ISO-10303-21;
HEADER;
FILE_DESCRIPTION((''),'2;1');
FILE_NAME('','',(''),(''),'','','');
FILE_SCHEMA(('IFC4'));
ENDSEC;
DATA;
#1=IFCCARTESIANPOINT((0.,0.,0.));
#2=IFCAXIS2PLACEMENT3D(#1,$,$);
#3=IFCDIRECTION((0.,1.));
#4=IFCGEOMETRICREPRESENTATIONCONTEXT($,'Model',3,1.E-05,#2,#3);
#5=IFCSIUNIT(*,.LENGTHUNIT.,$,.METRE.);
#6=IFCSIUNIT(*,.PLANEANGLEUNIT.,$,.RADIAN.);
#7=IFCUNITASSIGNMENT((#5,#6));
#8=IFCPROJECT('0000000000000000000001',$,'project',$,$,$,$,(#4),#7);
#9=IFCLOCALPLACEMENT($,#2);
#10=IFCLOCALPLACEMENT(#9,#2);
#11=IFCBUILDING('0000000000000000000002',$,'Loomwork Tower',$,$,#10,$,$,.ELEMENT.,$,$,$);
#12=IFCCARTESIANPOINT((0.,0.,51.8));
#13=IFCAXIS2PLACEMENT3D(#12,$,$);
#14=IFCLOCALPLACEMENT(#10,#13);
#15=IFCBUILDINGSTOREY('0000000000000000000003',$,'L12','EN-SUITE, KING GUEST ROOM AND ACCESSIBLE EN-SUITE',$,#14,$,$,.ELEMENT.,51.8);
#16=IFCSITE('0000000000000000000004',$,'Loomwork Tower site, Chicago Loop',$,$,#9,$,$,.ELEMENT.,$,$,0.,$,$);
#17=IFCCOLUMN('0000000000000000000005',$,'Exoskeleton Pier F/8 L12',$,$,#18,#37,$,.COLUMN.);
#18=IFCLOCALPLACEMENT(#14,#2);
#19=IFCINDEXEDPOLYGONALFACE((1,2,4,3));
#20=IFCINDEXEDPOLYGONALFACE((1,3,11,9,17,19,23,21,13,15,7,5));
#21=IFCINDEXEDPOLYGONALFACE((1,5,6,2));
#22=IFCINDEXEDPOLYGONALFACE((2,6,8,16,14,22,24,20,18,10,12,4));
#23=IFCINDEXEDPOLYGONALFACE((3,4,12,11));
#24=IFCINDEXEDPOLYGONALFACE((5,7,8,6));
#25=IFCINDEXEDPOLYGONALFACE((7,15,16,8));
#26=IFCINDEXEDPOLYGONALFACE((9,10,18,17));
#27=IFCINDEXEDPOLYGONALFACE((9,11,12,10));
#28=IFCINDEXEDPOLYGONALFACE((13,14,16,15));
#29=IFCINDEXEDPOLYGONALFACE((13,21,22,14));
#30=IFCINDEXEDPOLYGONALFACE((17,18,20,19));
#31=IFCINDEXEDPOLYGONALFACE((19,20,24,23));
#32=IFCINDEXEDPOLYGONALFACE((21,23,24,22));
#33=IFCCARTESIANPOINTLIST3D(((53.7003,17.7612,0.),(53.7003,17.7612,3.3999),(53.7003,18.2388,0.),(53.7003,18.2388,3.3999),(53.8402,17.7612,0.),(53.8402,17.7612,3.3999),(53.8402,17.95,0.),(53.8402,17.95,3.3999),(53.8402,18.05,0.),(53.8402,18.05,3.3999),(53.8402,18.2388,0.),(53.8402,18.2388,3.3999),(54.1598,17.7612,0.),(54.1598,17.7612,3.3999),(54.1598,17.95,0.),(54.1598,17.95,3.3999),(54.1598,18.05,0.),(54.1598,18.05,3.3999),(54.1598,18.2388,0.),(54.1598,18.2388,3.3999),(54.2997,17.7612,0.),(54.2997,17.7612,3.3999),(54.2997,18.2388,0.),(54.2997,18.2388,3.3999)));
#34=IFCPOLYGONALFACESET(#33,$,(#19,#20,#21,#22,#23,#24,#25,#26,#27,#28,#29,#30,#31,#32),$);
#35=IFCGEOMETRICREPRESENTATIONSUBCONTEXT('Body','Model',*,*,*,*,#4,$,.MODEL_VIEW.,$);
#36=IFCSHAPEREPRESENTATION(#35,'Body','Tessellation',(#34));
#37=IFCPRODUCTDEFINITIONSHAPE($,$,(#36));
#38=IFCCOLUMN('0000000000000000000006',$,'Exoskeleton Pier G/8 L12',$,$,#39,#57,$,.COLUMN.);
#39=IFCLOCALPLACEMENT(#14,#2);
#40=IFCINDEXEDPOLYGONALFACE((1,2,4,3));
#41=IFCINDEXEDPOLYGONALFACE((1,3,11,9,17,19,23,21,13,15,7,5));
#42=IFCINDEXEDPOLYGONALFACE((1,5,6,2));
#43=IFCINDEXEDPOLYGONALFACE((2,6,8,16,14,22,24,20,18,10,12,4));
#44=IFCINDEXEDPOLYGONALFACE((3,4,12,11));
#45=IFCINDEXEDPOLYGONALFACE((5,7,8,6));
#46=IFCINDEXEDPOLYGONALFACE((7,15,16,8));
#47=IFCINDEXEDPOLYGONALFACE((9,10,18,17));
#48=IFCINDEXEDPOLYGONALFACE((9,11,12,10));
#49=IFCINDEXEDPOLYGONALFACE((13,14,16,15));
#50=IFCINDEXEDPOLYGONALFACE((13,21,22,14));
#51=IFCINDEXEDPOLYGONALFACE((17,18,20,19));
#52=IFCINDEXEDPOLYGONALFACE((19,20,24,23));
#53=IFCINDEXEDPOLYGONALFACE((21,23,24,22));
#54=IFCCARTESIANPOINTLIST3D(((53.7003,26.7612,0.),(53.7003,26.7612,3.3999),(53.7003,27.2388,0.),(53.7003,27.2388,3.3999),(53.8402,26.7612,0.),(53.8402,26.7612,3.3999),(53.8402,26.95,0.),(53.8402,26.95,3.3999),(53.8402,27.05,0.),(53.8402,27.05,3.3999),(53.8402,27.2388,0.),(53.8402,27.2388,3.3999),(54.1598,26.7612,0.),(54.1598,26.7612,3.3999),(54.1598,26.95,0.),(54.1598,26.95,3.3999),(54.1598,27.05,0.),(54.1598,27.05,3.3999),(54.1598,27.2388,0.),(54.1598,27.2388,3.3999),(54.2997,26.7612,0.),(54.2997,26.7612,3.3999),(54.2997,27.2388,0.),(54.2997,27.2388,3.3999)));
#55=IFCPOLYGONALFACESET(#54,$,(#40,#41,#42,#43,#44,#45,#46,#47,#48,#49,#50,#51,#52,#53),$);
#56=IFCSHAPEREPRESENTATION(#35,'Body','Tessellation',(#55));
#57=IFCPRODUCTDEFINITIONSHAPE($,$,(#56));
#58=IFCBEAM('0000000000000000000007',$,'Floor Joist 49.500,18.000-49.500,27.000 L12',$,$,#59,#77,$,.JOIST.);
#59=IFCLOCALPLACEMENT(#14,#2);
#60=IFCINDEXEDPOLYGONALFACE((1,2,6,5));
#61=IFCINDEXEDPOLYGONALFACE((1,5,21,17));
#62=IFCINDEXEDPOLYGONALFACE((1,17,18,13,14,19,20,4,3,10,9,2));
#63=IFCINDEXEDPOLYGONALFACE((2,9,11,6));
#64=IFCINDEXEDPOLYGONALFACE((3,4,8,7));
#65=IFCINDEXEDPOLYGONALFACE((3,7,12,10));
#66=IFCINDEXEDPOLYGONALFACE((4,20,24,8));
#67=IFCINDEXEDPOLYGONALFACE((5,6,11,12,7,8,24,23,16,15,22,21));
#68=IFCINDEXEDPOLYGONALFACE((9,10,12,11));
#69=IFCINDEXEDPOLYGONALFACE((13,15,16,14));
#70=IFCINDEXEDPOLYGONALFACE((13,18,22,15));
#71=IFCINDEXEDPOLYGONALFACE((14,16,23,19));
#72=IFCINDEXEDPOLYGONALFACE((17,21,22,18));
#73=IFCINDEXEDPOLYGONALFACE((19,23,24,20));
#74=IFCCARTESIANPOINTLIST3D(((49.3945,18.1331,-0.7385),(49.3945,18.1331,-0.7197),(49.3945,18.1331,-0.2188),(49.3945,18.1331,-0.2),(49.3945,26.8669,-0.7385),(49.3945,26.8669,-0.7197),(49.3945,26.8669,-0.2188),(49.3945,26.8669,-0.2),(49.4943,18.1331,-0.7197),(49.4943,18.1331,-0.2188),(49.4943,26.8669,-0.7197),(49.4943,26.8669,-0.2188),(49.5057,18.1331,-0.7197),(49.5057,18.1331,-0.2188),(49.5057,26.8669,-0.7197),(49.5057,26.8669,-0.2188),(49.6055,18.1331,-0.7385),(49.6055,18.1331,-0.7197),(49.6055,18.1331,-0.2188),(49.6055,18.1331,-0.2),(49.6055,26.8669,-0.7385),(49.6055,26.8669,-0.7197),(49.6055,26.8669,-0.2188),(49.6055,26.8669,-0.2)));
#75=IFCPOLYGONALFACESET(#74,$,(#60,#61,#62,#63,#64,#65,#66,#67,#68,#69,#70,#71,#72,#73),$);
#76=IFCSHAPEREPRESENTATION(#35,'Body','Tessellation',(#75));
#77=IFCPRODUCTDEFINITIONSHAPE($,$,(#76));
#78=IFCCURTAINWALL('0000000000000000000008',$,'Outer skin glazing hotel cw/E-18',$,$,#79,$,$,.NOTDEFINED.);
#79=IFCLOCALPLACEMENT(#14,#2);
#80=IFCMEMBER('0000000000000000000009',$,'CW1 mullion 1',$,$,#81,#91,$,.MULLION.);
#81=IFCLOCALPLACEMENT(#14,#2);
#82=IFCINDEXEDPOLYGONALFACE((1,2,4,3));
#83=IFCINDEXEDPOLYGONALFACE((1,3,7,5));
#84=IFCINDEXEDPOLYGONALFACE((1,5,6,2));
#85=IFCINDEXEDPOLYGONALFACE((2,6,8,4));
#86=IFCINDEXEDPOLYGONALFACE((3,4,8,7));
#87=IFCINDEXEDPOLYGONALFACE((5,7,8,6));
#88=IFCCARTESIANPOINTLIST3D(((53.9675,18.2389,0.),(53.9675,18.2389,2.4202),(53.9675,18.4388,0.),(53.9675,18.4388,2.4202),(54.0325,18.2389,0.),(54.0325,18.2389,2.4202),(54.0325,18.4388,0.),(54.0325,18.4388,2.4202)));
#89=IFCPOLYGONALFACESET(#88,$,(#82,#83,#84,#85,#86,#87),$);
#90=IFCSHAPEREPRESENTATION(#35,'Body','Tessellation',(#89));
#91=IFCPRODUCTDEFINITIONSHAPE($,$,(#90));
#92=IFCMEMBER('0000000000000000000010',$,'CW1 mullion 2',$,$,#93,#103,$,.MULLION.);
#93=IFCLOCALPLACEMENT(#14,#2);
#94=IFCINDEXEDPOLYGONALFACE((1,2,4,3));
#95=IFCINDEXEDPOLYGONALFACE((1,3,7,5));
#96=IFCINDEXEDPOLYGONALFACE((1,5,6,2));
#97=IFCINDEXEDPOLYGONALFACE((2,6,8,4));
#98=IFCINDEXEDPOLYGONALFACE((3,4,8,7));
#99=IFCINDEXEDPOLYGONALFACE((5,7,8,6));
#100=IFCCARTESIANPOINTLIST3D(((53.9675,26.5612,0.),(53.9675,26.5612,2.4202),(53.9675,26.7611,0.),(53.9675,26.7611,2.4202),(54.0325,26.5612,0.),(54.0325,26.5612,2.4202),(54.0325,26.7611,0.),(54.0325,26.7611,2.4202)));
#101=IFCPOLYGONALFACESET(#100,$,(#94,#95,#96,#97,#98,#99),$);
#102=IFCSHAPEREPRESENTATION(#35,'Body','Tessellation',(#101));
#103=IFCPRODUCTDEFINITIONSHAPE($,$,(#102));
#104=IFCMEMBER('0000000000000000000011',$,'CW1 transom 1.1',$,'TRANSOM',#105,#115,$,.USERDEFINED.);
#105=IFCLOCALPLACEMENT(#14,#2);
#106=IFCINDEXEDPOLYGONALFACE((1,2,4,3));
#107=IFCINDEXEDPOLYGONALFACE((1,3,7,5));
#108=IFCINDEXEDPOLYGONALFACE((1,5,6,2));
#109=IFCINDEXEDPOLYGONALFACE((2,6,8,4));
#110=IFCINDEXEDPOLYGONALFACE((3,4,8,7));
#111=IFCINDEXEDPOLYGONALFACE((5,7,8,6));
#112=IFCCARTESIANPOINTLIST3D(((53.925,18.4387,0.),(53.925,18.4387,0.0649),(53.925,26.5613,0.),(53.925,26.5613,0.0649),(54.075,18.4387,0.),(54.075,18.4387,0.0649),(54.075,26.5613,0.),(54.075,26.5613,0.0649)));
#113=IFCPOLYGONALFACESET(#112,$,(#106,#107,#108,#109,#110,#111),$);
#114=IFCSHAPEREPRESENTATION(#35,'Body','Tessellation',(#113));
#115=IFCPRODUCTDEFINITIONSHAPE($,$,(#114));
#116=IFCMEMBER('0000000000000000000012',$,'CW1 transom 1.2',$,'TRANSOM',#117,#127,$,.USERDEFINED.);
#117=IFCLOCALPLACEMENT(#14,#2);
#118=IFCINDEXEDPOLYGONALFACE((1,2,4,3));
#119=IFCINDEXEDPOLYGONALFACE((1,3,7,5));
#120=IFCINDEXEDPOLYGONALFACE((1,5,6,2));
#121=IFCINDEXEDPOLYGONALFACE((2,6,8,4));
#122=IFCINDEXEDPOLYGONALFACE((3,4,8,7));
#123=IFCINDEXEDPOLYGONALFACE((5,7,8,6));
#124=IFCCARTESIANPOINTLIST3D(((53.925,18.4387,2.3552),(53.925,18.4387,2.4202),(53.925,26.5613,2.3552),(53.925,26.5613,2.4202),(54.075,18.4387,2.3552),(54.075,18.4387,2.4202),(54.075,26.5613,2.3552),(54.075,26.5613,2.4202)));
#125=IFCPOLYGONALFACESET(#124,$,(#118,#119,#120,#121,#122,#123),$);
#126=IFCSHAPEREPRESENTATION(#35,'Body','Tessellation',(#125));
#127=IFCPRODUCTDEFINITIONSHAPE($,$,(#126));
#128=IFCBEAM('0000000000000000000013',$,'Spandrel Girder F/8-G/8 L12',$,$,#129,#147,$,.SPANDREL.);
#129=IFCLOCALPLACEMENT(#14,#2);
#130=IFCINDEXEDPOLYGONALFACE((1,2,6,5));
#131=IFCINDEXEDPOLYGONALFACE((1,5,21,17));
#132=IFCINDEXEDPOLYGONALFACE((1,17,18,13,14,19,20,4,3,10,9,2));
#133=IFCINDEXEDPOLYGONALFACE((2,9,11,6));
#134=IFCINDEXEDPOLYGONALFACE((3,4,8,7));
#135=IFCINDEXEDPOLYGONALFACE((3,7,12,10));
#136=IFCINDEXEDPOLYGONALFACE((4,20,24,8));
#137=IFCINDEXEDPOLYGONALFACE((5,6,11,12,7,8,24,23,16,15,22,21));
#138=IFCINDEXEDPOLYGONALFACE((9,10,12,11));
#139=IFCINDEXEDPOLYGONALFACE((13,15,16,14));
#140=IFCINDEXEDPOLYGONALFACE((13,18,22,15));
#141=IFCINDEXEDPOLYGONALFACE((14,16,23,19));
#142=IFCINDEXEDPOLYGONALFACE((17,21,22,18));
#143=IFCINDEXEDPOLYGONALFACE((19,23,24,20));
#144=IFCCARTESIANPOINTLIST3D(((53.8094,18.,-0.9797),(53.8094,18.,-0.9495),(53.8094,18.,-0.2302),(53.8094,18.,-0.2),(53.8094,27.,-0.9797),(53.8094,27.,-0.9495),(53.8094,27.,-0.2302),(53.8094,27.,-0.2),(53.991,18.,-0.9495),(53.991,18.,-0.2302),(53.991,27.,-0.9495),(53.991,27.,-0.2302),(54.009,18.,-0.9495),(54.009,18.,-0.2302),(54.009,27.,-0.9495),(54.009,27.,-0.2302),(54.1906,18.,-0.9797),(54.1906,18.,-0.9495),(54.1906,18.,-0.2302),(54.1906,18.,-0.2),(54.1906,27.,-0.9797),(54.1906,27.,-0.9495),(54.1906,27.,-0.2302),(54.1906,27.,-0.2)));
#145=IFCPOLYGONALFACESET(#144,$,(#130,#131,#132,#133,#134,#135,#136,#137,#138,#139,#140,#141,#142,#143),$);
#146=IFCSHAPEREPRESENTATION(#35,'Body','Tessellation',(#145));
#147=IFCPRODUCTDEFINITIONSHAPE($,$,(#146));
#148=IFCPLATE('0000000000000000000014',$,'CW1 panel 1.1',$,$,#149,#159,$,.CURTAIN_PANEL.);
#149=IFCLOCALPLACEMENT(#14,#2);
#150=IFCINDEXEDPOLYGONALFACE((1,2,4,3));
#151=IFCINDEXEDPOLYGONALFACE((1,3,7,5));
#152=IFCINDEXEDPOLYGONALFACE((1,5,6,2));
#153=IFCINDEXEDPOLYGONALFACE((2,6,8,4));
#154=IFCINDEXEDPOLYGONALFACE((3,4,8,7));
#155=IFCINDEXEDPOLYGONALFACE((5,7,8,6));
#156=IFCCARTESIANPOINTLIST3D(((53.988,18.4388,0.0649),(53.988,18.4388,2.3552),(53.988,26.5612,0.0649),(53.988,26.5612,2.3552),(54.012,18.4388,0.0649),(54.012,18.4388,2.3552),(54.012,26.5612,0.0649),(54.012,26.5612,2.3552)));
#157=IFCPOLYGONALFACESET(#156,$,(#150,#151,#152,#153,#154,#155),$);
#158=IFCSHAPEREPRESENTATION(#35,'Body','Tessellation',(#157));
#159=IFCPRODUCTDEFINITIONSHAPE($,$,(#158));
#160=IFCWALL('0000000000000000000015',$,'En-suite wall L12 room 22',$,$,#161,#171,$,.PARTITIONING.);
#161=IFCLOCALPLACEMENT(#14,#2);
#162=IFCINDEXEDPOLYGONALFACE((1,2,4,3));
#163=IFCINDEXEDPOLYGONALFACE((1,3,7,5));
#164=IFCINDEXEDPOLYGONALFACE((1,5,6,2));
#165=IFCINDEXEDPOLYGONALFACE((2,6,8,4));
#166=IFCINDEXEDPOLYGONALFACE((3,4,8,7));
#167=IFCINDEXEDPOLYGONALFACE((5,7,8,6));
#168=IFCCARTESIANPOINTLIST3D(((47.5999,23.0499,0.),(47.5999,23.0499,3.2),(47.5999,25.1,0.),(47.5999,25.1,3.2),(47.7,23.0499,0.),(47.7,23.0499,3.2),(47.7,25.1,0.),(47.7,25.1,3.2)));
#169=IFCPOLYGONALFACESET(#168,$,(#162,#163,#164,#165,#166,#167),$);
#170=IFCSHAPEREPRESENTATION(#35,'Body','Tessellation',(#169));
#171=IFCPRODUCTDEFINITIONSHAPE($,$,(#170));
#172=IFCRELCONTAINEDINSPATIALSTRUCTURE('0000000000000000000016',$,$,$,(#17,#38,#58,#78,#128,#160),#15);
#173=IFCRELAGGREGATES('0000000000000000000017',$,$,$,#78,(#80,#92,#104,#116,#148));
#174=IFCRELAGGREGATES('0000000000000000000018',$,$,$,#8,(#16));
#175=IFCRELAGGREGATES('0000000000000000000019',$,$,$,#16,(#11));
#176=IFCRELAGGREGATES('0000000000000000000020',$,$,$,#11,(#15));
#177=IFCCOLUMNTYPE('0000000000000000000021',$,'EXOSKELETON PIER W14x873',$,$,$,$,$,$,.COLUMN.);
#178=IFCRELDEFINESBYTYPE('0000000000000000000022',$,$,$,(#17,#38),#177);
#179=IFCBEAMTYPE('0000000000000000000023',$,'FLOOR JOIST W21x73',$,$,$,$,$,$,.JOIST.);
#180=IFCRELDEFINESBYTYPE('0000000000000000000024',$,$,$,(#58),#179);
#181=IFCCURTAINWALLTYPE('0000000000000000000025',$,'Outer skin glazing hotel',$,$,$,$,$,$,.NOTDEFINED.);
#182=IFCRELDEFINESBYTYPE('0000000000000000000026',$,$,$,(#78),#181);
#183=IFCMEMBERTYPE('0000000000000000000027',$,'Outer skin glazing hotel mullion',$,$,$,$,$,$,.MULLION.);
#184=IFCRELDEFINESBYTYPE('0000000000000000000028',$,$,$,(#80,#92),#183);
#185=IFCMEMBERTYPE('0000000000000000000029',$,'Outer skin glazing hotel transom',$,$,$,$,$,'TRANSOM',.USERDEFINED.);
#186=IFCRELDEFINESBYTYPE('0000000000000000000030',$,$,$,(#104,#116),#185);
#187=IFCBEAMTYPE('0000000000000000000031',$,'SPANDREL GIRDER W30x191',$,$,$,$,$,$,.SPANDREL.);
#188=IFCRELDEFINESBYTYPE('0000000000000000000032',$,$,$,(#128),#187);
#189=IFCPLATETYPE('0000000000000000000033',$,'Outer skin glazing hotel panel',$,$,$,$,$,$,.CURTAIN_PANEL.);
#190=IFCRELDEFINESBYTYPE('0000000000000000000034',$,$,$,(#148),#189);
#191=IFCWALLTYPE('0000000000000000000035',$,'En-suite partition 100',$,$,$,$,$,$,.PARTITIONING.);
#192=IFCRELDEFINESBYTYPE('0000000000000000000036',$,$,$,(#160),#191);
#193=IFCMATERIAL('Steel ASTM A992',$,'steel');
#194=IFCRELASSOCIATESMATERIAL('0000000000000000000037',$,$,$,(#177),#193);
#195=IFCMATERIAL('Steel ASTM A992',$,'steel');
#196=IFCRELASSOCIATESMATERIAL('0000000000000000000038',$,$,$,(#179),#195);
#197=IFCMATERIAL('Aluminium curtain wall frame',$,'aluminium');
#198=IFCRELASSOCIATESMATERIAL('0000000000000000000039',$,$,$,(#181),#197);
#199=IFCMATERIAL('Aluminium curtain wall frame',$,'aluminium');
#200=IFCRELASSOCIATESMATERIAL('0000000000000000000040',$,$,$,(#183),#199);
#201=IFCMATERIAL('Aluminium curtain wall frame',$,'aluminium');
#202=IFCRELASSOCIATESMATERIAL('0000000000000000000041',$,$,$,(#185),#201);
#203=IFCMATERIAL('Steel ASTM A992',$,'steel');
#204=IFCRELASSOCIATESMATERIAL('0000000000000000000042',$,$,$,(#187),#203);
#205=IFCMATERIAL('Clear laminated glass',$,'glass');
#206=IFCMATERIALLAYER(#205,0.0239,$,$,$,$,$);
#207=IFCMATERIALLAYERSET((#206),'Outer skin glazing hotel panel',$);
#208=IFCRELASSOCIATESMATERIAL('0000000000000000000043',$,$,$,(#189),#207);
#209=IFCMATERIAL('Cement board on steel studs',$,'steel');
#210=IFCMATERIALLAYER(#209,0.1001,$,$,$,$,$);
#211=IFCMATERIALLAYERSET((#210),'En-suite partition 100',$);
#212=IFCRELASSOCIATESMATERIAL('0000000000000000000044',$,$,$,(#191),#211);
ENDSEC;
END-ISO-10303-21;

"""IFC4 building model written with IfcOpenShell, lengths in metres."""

from ifc_helpers import new_model, si_unit, direction, frame, frame_2d, origin, origin_2d, place, context, subcontext, project, spatial, rectangle, i_section, extrude, material, layer, layer_set, material_profile, profile_set, type_object, element, aggregate, save


model = new_model("IFC4")

# Units and contexts
model_context = context("Model", 3, precision=1e-05, world=origin(), true_north=direction((0.0, 1.0)))
body_context = subcontext(model_context, "Body", "Model", "MODEL_VIEW")
ifc_project = project(units=[si_unit("LENGTHUNIT", "METRE"), si_unit("PLANEANGLEUNIT", "RADIAN")], contexts=[model_context])

# Site, building, storey
site_placement = place(None, origin())
site = spatial("IfcSite", under=ifc_project, at=site_placement, Name="Loomwork Tower site, Chicago Loop", CompositionType="ELEMENT", RefElevation=0.0)
building_placement = place(site_placement, origin())
building = spatial("IfcBuilding", under=site, at=building_placement, Name="Loomwork Tower", CompositionType="ELEMENT")
storey_placement = place(building_placement, frame((0.0, 0.0, 51.8)))
storey = spatial("IfcBuildingStorey", under=building, at=storey_placement, Name="L12", Description="EN-SUITE, KING GUEST ROOM AND ACCESSIBLE EN-SUITE", CompositionType="ELEMENT", Elevation=51.8)

# Columns
ifc_material_1 = material(Name="Steel ASTM A992", Category="steel")
ifc_material_profile_1 = material_profile(ifc_material_1, i_section(OverallWidth=0.4775, OverallDepth=0.5994, WebThickness=0.1001, FlangeThickness=0.1399, at=origin_2d()), Name="W14x873")
ifc_profile_set_1 = profile_set([ifc_material_profile_1], Name="Steel ASTM A992")
column_type = type_object("IfcColumnType", Name="EXOSKELETON PIER W14x873", PredefinedType="COLUMN", material=ifc_profile_set_1)
for number, where, z_axis, x_axis, name in (
    (1, (54.0, 18.0, 0.0), (0.0, 0.0, 1.0), (0.0, 1.0, 0.0), "Exoskeleton Pier F/8 L12"),
    (2, (54.0, 27.0, 0.0), (0.0, 0.0, 1.0), (0.0, 1.0, 0.0), "Exoskeleton Pier G/8 L12"),
):
    element("IfcColumn", number, at=place(storey_placement, frame(where, z_axis=z_axis, x_axis=x_axis)), inside=storey, type_object=column_type, Name=name, PredefinedType="COLUMN", context=body_context, shape_type="SweptSolid", body=[
        extrude(i_section(OverallWidth=0.4775, OverallDepth=0.5994, WebThickness=0.1001, FlangeThickness=0.1399, at=origin_2d()), origin(), (0.0, 0.0, 1.0), 3.3999),
    ])

# Beam
ifc_material_2 = material(Name="Steel ASTM A992", Category="steel")
ifc_material_profile_2 = material_profile(ifc_material_2, i_section(OverallWidth=0.2109, OverallDepth=0.5386, WebThickness=0.0115, FlangeThickness=0.0188, at=origin_2d()), Name="W21x73")
ifc_profile_set_2 = profile_set([ifc_material_profile_2], Name="Steel ASTM A992")
beam_type_1 = type_object("IfcBeamType", Name="FLOOR JOIST W21x73", PredefinedType="JOIST", material=ifc_profile_set_2)
beam_1_placement = place(storey_placement, frame((49.5, 18.1331, -0.4692), z_axis=(0.0, 1.0, 0.0), x_axis=(-1.0, 0.0, 0.0)))
element("IfcBeam", 3, at=beam_1_placement, inside=storey, type_object=beam_type_1, Name="Floor Joist 49.500,18.000-49.500,27.000 L12", PredefinedType="JOIST", context=body_context, shape_type="SweptSolid", body=[
    extrude(i_section(OverallWidth=0.2109, OverallDepth=0.5386, WebThickness=0.0115, FlangeThickness=0.0188, at=origin_2d()), origin(), (0.0, 0.0, 1.0), 8.7339),
])

# Curtain wall, members
ifc_material_3 = material(Name="Aluminium curtain wall frame", Category="aluminium")
curtain_wall_type = type_object("IfcCurtainWallType", Name="Outer skin glazing hotel", PredefinedType="NOTDEFINED", material=ifc_material_3)
curtain_wall_placement = place(storey_placement, origin())
curtain_wall = element("IfcCurtainWall", 4, at=curtain_wall_placement, inside=storey, type_object=curtain_wall_type, Name="Outer skin glazing hotel cw/E-18", PredefinedType="NOTDEFINED")
ifc_material_4 = material(Name="Aluminium curtain wall frame", Category="aluminium")
ifc_material_profile_3 = material_profile(ifc_material_4, rectangle(XDim=0.0649, YDim=0.2, at=origin_2d()), Name="AL 65x200")
ifc_profile_set_3 = profile_set([ifc_material_profile_3], Name="Aluminium curtain wall frame")
member_type_1 = type_object("IfcMemberType", Name="Outer skin glazing hotel mullion", PredefinedType="MULLION", material=ifc_profile_set_3)
member_1_placement = place(storey_placement, frame((54.0, 18.3389, 0.0), z_axis=(0.0, 0.0, 1.0), x_axis=(-1.0, 0.0, 0.0)))
member_1 = element("IfcMember", 5, at=member_1_placement, type_object=member_type_1, Name="CW1 mullion 1", PredefinedType="MULLION", context=body_context, shape_type="SweptSolid", body=[
    extrude(rectangle(XDim=0.0649, YDim=0.2, at=origin_2d()), origin(), (0.0, 0.0, 1.0), 2.4202),
])
member_2_placement = place(storey_placement, frame((54.0, 26.6611, 0.0), z_axis=(0.0, 0.0, 1.0), x_axis=(-1.0, 0.0, 0.0)))
member_2 = element("IfcMember", 6, at=member_2_placement, type_object=member_type_1, Name="CW1 mullion 2", PredefinedType="MULLION", context=body_context, shape_type="SweptSolid", body=[
    extrude(rectangle(XDim=0.0649, YDim=0.2, at=origin_2d()), origin(), (0.0, 0.0, 1.0), 2.4202),
])
ifc_material_5 = material(Name="Aluminium curtain wall frame", Category="aluminium")
ifc_material_profile_4 = material_profile(ifc_material_5, rectangle(XDim=0.1499, YDim=0.0649, at=origin_2d()), Name="AL 65x150")
ifc_profile_set_4 = profile_set([ifc_material_profile_4], Name="Aluminium curtain wall frame")
member_type_2 = type_object("IfcMemberType", Name="Outer skin glazing hotel transom", ElementType="TRANSOM", PredefinedType="USERDEFINED", material=ifc_profile_set_4)
member_3_placement = place(storey_placement, frame((54.0, 18.4387, 0.0325), z_axis=(0.0, 1.0, 0.0), x_axis=(-1.0, 0.0, 0.0)))
member_3 = element("IfcMember", 7, at=member_3_placement, type_object=member_type_2, Name="CW1 transom 1.1", ObjectType="TRANSOM", PredefinedType="USERDEFINED", context=body_context, shape_type="SweptSolid", body=[
    extrude(rectangle(XDim=0.1499, YDim=0.0649, at=origin_2d()), origin(), (0.0, 0.0, 1.0), 8.1226),
])
member_4_placement = place(storey_placement, frame((54.0, 18.4387, 2.3877), z_axis=(0.0, 1.0, 0.0), x_axis=(-1.0, 0.0, 0.0)))
member_4 = element("IfcMember", 8, at=member_4_placement, type_object=member_type_2, Name="CW1 transom 1.2", ObjectType="TRANSOM", PredefinedType="USERDEFINED", context=body_context, shape_type="SweptSolid", body=[
    extrude(rectangle(XDim=0.1499, YDim=0.0649, at=origin_2d()), origin(), (0.0, 0.0, 1.0), 8.1226),
])

# Beam
ifc_material_6 = material(Name="Steel ASTM A992", Category="steel")
ifc_material_profile_5 = material_profile(ifc_material_6, i_section(OverallWidth=0.3811, OverallDepth=0.7798, WebThickness=0.0181, FlangeThickness=0.0303, at=origin_2d()), Name="W30x191")
ifc_profile_set_5 = profile_set([ifc_material_profile_5], Name="Steel ASTM A992")
beam_type_2 = type_object("IfcBeamType", Name="SPANDREL GIRDER W30x191", PredefinedType="SPANDREL", material=ifc_profile_set_5)
beam_2_placement = place(storey_placement, frame((54.0, 18.0, -0.5898), z_axis=(0.0, 1.0, 0.0), x_axis=(-1.0, 0.0, 0.0)))
element("IfcBeam", 9, at=beam_2_placement, inside=storey, type_object=beam_type_2, Name="Spandrel Girder F/8-G/8 L12", PredefinedType="SPANDREL", context=body_context, shape_type="SweptSolid", body=[
    extrude(i_section(OverallWidth=0.3811, OverallDepth=0.7798, WebThickness=0.0181, FlangeThickness=0.0303, at=origin_2d()), origin(), (0.0, 0.0, 1.0), 9.0),
])

# Plate
ifc_material_7 = material(Name="Clear laminated glass", Category="glass")
ifc_layer_1 = layer(ifc_material_7, 0.0239)
ifc_layer_set_1 = layer_set([ifc_layer_1], Name="Outer skin glazing hotel panel")
plate_type = type_object("IfcPlateType", Name="Outer skin glazing hotel panel", PredefinedType="CURTAIN_PANEL", material=ifc_layer_set_1)
plate_placement = place(storey_placement, frame((54.0, 22.5, 0.0649), z_axis=(0.0, 0.0, 1.0), x_axis=(0.0, 1.0, 0.0)))
plate = element("IfcPlate", 10, at=plate_placement, type_object=plate_type, Name="CW1 panel 1.1", PredefinedType="CURTAIN_PANEL", context=body_context, shape_type="SweptSolid", body=[
    extrude(rectangle(XDim=8.1223, YDim=0.0239, at=origin_2d()), origin(), (0.0, 0.0, 1.0), 2.2903),
])
aggregate(curtain_wall, [member_1, member_2, member_3, member_4, plate])

# Wall
ifc_material_8 = material(Name="Cement board on steel studs", Category="steel")
ifc_layer_2 = layer(ifc_material_8, 0.1001)
ifc_layer_set_2 = layer_set([ifc_layer_2], Name="En-suite partition 100")
wall_type_1 = type_object("IfcWallType", Name="En-suite partition 100", PredefinedType="PARTITIONING", material=ifc_layer_set_2)
wall_1_placement = place(storey_placement, frame((47.6499, 23.05, 0.0), z_axis=(0.0, 0.0, 1.0), x_axis=(0.0, 1.0, 0.0)))
element("IfcWall", 11, at=wall_1_placement, inside=storey, type_object=wall_type_1, Name="En-suite wall L12 room 22", PredefinedType="PARTITIONING", context=body_context, shape_type="SweptSolid", body=[
    extrude(rectangle(XDim=2.05, YDim=0.1001, at=frame_2d((1.0249, 0.0))), origin(), (0.0, 0.0, 1.0), 3.2),
])

save(model, "model.ifc")
